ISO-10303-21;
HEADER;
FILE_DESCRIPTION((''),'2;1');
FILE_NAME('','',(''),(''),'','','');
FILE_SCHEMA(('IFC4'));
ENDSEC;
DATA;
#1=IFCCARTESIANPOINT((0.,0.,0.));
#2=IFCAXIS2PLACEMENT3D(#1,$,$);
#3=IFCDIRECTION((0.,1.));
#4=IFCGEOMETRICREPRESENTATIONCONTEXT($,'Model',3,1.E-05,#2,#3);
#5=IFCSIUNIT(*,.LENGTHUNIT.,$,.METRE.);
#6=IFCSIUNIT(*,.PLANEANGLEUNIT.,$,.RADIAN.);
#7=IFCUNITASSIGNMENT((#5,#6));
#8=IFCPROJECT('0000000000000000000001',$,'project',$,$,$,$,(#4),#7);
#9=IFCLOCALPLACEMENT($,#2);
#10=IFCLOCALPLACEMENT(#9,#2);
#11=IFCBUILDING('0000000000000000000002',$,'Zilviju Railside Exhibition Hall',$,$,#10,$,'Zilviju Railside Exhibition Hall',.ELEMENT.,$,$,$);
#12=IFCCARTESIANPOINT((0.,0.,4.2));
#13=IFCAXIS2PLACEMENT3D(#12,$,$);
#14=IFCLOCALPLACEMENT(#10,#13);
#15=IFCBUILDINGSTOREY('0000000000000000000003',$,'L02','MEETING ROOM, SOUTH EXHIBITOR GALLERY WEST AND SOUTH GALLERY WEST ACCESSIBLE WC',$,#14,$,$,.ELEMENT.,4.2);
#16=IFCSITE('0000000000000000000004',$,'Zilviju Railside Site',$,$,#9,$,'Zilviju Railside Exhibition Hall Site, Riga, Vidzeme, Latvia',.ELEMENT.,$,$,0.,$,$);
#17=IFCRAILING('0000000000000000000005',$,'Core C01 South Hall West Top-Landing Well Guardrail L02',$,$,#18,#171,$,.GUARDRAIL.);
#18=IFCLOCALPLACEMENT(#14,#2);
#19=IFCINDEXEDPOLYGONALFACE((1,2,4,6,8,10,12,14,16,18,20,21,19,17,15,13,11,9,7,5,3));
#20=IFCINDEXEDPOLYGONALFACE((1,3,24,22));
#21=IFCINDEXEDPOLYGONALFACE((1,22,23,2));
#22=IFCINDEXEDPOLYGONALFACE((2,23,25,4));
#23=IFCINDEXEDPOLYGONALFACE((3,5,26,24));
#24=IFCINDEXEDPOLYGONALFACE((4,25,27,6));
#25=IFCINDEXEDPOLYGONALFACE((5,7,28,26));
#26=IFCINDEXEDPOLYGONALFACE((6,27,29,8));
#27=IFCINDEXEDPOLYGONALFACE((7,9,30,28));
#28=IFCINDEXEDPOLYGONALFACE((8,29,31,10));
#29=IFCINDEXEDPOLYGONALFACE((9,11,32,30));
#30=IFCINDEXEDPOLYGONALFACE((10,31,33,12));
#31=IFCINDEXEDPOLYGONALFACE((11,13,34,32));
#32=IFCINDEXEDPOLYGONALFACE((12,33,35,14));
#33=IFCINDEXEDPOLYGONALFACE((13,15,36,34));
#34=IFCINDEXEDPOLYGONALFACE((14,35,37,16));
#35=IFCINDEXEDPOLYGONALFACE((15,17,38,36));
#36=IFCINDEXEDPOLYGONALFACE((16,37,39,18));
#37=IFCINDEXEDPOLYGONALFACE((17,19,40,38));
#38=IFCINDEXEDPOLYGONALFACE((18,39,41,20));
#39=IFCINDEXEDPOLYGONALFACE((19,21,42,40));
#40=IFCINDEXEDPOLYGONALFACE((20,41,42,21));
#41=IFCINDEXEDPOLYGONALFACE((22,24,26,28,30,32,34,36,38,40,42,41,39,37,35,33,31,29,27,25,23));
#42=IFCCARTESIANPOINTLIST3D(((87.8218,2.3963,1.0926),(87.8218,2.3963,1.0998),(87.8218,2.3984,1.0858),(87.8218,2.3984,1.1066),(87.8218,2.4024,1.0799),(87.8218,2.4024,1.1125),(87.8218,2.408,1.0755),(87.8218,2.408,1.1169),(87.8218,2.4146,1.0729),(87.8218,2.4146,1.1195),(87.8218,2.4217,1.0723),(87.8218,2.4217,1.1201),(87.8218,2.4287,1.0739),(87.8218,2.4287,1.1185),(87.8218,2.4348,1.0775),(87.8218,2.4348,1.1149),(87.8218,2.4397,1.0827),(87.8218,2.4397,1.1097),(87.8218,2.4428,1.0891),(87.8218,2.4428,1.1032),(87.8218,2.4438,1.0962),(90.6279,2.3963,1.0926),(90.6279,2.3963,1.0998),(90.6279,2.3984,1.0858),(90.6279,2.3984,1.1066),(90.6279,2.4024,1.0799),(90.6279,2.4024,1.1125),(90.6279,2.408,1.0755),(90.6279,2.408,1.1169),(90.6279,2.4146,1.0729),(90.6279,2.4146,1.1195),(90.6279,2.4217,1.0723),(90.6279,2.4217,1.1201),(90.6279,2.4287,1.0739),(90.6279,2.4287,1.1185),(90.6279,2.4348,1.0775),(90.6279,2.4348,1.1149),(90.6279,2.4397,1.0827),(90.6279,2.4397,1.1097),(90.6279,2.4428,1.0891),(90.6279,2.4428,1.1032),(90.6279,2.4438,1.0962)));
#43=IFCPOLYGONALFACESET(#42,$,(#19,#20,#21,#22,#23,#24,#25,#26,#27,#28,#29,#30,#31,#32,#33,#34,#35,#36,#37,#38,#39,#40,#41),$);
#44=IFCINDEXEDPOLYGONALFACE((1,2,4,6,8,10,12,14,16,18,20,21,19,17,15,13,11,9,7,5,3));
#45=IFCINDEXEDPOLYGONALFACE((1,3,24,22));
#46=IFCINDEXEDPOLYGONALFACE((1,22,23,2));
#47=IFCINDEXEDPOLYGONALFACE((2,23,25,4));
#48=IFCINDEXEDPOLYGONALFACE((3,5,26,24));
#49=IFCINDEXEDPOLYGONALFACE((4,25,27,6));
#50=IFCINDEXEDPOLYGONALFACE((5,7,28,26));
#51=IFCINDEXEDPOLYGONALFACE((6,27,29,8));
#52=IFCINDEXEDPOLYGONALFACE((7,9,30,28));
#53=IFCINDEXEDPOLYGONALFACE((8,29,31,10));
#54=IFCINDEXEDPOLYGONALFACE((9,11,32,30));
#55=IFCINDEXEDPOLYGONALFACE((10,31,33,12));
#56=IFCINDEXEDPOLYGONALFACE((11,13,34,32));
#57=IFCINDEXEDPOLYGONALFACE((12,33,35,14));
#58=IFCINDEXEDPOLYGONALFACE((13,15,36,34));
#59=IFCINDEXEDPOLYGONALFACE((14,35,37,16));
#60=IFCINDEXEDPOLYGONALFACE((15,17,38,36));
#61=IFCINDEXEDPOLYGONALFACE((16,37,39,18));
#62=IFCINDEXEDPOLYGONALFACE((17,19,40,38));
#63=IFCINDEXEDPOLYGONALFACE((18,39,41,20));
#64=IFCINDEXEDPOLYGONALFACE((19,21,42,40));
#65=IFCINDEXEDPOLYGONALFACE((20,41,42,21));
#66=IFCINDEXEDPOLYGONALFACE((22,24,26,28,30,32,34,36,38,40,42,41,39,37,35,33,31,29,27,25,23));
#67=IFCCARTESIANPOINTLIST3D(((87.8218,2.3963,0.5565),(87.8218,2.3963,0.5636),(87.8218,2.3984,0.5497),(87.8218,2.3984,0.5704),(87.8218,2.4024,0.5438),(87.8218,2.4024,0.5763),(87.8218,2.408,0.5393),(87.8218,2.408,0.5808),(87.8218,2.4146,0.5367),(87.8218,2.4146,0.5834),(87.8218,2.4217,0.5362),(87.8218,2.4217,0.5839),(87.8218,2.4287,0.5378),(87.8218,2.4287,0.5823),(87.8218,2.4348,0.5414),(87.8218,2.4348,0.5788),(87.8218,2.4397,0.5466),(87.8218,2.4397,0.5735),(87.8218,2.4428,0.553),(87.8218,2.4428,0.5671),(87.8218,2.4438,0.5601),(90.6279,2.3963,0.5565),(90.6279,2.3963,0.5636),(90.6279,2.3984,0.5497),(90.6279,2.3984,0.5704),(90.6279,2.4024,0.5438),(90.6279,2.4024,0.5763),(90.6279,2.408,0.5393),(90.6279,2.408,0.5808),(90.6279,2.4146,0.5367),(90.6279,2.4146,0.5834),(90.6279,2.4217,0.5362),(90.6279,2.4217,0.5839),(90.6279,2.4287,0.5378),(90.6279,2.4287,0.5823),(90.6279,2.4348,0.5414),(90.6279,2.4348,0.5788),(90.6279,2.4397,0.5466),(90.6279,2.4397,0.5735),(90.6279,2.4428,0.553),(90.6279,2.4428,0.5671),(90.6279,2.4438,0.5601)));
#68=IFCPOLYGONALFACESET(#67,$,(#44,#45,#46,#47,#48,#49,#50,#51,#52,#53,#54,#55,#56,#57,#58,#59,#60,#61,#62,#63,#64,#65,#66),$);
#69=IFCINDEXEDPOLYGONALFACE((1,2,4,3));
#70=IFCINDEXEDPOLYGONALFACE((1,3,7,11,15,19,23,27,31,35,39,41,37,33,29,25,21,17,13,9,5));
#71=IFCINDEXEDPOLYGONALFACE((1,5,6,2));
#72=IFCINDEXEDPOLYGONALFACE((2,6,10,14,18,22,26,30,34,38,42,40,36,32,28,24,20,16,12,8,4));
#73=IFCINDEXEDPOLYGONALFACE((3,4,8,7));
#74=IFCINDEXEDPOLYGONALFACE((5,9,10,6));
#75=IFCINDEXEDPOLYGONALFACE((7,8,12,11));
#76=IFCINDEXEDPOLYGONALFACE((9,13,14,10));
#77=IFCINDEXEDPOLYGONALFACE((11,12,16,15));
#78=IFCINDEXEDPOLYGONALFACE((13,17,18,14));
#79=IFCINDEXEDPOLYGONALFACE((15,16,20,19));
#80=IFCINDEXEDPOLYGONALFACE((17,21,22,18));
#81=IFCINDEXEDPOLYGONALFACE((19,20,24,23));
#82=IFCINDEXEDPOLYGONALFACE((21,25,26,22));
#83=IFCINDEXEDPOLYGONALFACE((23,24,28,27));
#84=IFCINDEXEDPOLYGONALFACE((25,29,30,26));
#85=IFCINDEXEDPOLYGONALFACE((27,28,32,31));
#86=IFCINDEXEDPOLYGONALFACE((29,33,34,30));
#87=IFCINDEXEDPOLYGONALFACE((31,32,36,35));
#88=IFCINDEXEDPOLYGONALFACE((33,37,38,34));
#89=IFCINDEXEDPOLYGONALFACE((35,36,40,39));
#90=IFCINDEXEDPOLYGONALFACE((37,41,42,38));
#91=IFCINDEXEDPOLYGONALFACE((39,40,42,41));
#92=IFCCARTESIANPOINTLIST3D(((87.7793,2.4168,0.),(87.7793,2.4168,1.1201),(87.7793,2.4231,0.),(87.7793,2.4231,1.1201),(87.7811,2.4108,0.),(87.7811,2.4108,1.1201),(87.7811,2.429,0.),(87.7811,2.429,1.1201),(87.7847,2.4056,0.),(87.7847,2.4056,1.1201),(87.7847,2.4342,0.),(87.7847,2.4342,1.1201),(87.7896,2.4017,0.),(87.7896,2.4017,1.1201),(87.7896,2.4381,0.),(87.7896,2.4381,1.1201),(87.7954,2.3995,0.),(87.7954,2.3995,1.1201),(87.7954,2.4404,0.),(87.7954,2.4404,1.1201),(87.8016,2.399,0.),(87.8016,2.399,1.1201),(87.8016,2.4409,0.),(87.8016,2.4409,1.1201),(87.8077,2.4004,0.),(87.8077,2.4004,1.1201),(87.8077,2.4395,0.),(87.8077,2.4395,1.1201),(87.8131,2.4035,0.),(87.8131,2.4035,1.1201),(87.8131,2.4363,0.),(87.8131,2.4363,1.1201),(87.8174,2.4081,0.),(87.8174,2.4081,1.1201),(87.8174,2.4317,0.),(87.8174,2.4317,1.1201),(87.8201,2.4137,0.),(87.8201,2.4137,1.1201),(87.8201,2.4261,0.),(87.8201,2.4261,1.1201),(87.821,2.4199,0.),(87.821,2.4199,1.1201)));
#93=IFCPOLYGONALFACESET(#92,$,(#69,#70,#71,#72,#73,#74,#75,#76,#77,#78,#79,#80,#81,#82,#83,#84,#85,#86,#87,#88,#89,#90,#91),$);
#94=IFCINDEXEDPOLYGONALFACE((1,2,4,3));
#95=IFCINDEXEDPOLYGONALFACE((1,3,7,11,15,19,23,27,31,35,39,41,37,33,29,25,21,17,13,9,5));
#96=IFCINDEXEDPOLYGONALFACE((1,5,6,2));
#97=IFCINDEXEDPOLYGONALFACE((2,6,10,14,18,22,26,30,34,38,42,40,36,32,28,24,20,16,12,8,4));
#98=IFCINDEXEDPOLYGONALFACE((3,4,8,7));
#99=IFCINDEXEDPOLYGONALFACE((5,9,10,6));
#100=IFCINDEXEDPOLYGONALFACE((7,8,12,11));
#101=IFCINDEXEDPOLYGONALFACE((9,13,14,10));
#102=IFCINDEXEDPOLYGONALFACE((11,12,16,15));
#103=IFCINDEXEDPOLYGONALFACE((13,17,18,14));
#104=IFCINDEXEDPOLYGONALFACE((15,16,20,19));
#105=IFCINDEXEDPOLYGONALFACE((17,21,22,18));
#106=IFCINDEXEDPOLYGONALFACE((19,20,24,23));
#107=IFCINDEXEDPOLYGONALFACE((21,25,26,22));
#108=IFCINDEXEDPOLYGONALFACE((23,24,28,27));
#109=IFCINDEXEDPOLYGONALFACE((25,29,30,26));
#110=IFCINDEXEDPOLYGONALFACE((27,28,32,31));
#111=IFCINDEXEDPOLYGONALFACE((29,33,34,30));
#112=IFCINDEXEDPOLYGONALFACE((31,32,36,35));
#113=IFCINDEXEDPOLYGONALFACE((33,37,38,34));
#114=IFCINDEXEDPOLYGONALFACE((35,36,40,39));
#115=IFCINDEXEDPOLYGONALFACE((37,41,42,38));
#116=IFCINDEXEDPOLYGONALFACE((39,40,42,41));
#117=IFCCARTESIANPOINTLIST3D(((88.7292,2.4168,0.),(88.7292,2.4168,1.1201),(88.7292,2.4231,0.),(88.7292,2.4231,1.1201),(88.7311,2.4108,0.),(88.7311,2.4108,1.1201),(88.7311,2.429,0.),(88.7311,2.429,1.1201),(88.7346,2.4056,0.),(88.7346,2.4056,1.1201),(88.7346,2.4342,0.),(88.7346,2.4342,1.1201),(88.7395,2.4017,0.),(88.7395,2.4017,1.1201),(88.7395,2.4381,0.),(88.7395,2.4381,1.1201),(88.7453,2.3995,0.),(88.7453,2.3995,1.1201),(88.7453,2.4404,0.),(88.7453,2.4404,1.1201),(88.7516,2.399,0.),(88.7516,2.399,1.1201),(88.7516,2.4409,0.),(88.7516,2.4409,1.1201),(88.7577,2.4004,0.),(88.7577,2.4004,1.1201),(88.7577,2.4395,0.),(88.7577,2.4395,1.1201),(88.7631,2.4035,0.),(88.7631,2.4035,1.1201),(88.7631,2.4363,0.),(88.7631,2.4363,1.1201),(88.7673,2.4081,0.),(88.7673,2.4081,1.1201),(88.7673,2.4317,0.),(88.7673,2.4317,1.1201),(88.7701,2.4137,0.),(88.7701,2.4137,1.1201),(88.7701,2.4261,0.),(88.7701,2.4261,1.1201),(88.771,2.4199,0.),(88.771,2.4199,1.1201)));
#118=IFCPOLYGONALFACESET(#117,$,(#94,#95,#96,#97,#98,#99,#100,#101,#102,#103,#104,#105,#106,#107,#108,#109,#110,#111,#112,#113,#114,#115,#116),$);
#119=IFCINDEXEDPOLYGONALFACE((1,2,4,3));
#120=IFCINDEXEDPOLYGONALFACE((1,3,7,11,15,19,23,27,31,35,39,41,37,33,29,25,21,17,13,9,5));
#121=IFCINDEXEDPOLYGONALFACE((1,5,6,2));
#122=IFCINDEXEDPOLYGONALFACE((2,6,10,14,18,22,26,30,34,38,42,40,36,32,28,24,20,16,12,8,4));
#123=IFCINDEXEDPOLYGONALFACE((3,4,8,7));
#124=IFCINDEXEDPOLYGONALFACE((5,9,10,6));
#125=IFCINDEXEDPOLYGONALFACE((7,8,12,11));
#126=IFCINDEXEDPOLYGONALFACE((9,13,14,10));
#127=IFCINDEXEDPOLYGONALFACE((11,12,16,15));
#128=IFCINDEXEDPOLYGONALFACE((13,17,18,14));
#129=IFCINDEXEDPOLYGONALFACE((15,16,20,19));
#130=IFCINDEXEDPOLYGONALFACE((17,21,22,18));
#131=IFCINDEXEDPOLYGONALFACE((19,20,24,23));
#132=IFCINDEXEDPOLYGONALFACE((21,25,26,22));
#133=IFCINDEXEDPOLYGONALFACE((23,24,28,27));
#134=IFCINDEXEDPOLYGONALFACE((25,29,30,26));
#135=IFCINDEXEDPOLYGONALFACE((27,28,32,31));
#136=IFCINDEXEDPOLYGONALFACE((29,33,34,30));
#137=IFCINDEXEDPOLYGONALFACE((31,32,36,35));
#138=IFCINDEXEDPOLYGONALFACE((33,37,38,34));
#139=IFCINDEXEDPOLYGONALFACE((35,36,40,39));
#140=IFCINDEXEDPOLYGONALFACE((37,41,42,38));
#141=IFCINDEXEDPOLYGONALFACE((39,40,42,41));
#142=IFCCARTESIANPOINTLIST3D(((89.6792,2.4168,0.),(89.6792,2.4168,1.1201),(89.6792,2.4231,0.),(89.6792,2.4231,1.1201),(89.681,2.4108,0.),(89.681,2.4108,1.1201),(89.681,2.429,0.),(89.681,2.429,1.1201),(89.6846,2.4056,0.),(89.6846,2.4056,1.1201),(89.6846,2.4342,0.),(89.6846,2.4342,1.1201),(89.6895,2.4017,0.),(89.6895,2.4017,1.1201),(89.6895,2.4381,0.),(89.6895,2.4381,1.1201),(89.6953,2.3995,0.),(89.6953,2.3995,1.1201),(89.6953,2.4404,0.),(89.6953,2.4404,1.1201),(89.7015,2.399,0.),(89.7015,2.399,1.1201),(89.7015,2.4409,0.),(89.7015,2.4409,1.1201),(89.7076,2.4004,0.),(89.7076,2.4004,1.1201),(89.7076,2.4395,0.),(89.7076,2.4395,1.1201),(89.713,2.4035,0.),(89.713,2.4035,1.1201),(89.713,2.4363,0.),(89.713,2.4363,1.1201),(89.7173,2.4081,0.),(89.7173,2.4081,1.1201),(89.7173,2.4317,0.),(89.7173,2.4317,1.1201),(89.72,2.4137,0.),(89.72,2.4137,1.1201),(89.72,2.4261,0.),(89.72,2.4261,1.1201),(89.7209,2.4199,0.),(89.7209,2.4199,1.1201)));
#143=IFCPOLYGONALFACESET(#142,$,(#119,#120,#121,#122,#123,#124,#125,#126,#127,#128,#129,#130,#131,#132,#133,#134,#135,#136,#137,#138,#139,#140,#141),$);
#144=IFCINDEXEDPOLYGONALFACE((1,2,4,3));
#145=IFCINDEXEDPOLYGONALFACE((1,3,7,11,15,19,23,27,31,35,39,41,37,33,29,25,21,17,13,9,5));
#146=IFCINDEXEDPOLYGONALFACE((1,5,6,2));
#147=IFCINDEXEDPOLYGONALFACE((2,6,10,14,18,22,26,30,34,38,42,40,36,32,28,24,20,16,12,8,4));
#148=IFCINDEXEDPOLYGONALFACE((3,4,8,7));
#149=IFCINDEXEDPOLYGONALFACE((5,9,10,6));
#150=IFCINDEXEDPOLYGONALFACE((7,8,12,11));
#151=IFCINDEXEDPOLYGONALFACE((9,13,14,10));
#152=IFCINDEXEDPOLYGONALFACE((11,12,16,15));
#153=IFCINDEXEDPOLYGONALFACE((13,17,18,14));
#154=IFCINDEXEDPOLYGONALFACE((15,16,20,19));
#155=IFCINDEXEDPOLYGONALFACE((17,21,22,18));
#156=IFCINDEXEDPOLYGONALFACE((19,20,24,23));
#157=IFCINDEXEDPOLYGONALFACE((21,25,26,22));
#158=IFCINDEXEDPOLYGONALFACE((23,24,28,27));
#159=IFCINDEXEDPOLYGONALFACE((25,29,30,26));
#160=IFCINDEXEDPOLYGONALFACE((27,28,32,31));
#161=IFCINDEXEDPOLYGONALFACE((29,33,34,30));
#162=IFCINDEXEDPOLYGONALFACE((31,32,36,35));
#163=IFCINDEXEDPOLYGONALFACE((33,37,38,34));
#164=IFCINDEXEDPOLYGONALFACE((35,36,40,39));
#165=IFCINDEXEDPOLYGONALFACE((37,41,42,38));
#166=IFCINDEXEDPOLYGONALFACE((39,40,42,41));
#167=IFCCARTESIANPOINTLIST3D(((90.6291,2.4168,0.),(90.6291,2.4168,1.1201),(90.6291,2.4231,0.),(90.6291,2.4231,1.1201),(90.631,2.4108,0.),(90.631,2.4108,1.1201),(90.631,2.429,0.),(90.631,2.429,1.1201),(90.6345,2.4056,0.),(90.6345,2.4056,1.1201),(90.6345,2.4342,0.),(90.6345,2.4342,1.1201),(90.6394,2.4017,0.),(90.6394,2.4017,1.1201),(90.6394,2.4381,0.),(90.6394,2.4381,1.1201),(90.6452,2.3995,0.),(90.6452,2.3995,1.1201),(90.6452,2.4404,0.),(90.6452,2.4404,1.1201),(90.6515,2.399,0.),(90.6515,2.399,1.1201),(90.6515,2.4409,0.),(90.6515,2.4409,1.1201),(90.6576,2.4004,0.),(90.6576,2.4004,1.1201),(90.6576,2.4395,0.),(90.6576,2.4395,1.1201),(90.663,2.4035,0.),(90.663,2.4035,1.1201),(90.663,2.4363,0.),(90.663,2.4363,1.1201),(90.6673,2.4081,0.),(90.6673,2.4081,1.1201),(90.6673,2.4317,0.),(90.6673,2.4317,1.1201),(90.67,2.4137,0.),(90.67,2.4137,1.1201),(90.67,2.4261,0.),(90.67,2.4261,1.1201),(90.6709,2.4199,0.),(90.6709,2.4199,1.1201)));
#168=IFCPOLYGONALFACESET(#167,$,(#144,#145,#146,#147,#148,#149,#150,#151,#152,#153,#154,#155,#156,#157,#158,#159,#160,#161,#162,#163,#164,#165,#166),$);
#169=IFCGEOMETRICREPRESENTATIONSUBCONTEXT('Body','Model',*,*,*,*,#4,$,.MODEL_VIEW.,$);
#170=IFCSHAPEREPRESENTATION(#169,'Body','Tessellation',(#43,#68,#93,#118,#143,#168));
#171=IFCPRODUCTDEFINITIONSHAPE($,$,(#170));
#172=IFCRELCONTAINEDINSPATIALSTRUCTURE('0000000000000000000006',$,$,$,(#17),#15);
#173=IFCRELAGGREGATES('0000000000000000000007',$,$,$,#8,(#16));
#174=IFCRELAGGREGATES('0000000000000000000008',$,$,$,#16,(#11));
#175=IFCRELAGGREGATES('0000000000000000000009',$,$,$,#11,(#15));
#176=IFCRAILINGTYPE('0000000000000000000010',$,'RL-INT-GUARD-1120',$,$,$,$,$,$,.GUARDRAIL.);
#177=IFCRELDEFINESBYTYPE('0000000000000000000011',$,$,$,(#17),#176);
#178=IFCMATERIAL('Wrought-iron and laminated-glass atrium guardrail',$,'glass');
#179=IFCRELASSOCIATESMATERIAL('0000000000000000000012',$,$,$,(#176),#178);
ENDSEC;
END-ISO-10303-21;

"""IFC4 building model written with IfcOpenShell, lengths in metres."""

from ifc_helpers import new_model, si_unit, direction, frame, origin, origin_2d, place, context, subcontext, project, spatial, circle, extrude, material, type_object, element, save


model = new_model("IFC4")

# Units and contexts
model_context = context("Model", 3, precision=1e-05, world=origin(), true_north=direction((0.0, 1.0)))
body_context = subcontext(model_context, "Body", "Model", "MODEL_VIEW")
ifc_project = project(units=[si_unit("LENGTHUNIT", "METRE"), si_unit("PLANEANGLEUNIT", "RADIAN")], contexts=[model_context])

# Site, building, storey
site_placement = place(None, origin())
site = spatial("IfcSite", under=ifc_project, at=site_placement, Name="Zilviju Railside Site", LongName="Zilviju Railside Exhibition Hall Site, Riga, Vidzeme, Latvia", CompositionType="ELEMENT", RefElevation=0.0)
building_placement = place(site_placement, origin())
building = spatial("IfcBuilding", under=site, at=building_placement, Name="Zilviju Railside Exhibition Hall", LongName="Zilviju Railside Exhibition Hall", CompositionType="ELEMENT")
storey_placement = place(building_placement, frame((0.0, 0.0, 4.2)))
storey = spatial("IfcBuildingStorey", under=building, at=storey_placement, Name="L02", Description="MEETING ROOM, SOUTH EXHIBITOR GALLERY WEST AND SOUTH GALLERY WEST ACCESSIBLE WC", CompositionType="ELEMENT", Elevation=4.2)

# Railing
ifc_material_1 = material(Name="Wrought-iron and laminated-glass atrium guardrail", Category="glass")
railing_type = type_object("IfcRailingType", Name="RL-INT-GUARD-1120", PredefinedType="GUARDRAIL", material=ifc_material_1)
railing_placement = place(storey_placement, frame((87.8, 2.4199, 0.0)))
element("IfcRailing", 1, at=railing_placement, inside=storey, type_object=railing_type, Name="Core C01 South Hall West Top-Landing Well Guardrail L02", PredefinedType="GUARDRAIL", context=body_context, shape_type="SweptSolid", body=[
    extrude(circle(Radius=0.0239, at=origin_2d()), frame((0.0217, 0.0, 1.0962), z_axis=(1.0, 0.0, 0.0), x_axis=(0.0, 1.0, 0.0)), (0.0, 0.0, 1.0), 2.8062),
    extrude(circle(Radius=0.0239, at=origin_2d()), frame((0.0217, 0.0, 0.5601), z_axis=(1.0, 0.0, 0.0), x_axis=(0.0, 1.0, 0.0)), (0.0, 0.0, 1.0), 2.8062),
    extrude(circle(Radius=0.021, at=origin_2d()), origin(), (0.0, 0.0, 1.0), 1.1201),
    extrude(circle(Radius=0.021, at=origin_2d()), frame((0.95, 0.0, 0.0)), (0.0, 0.0, 1.0), 1.1201),
    extrude(circle(Radius=0.021, at=origin_2d()), frame((1.8999, 0.0, 0.0)), (0.0, 0.0, 1.0), 1.1201),
    extrude(circle(Radius=0.021, at=origin_2d()), frame((2.8499, 0.0, 0.0)), (0.0, 0.0, 1.0), 1.1201),
])

save(model, "model.ifc")
